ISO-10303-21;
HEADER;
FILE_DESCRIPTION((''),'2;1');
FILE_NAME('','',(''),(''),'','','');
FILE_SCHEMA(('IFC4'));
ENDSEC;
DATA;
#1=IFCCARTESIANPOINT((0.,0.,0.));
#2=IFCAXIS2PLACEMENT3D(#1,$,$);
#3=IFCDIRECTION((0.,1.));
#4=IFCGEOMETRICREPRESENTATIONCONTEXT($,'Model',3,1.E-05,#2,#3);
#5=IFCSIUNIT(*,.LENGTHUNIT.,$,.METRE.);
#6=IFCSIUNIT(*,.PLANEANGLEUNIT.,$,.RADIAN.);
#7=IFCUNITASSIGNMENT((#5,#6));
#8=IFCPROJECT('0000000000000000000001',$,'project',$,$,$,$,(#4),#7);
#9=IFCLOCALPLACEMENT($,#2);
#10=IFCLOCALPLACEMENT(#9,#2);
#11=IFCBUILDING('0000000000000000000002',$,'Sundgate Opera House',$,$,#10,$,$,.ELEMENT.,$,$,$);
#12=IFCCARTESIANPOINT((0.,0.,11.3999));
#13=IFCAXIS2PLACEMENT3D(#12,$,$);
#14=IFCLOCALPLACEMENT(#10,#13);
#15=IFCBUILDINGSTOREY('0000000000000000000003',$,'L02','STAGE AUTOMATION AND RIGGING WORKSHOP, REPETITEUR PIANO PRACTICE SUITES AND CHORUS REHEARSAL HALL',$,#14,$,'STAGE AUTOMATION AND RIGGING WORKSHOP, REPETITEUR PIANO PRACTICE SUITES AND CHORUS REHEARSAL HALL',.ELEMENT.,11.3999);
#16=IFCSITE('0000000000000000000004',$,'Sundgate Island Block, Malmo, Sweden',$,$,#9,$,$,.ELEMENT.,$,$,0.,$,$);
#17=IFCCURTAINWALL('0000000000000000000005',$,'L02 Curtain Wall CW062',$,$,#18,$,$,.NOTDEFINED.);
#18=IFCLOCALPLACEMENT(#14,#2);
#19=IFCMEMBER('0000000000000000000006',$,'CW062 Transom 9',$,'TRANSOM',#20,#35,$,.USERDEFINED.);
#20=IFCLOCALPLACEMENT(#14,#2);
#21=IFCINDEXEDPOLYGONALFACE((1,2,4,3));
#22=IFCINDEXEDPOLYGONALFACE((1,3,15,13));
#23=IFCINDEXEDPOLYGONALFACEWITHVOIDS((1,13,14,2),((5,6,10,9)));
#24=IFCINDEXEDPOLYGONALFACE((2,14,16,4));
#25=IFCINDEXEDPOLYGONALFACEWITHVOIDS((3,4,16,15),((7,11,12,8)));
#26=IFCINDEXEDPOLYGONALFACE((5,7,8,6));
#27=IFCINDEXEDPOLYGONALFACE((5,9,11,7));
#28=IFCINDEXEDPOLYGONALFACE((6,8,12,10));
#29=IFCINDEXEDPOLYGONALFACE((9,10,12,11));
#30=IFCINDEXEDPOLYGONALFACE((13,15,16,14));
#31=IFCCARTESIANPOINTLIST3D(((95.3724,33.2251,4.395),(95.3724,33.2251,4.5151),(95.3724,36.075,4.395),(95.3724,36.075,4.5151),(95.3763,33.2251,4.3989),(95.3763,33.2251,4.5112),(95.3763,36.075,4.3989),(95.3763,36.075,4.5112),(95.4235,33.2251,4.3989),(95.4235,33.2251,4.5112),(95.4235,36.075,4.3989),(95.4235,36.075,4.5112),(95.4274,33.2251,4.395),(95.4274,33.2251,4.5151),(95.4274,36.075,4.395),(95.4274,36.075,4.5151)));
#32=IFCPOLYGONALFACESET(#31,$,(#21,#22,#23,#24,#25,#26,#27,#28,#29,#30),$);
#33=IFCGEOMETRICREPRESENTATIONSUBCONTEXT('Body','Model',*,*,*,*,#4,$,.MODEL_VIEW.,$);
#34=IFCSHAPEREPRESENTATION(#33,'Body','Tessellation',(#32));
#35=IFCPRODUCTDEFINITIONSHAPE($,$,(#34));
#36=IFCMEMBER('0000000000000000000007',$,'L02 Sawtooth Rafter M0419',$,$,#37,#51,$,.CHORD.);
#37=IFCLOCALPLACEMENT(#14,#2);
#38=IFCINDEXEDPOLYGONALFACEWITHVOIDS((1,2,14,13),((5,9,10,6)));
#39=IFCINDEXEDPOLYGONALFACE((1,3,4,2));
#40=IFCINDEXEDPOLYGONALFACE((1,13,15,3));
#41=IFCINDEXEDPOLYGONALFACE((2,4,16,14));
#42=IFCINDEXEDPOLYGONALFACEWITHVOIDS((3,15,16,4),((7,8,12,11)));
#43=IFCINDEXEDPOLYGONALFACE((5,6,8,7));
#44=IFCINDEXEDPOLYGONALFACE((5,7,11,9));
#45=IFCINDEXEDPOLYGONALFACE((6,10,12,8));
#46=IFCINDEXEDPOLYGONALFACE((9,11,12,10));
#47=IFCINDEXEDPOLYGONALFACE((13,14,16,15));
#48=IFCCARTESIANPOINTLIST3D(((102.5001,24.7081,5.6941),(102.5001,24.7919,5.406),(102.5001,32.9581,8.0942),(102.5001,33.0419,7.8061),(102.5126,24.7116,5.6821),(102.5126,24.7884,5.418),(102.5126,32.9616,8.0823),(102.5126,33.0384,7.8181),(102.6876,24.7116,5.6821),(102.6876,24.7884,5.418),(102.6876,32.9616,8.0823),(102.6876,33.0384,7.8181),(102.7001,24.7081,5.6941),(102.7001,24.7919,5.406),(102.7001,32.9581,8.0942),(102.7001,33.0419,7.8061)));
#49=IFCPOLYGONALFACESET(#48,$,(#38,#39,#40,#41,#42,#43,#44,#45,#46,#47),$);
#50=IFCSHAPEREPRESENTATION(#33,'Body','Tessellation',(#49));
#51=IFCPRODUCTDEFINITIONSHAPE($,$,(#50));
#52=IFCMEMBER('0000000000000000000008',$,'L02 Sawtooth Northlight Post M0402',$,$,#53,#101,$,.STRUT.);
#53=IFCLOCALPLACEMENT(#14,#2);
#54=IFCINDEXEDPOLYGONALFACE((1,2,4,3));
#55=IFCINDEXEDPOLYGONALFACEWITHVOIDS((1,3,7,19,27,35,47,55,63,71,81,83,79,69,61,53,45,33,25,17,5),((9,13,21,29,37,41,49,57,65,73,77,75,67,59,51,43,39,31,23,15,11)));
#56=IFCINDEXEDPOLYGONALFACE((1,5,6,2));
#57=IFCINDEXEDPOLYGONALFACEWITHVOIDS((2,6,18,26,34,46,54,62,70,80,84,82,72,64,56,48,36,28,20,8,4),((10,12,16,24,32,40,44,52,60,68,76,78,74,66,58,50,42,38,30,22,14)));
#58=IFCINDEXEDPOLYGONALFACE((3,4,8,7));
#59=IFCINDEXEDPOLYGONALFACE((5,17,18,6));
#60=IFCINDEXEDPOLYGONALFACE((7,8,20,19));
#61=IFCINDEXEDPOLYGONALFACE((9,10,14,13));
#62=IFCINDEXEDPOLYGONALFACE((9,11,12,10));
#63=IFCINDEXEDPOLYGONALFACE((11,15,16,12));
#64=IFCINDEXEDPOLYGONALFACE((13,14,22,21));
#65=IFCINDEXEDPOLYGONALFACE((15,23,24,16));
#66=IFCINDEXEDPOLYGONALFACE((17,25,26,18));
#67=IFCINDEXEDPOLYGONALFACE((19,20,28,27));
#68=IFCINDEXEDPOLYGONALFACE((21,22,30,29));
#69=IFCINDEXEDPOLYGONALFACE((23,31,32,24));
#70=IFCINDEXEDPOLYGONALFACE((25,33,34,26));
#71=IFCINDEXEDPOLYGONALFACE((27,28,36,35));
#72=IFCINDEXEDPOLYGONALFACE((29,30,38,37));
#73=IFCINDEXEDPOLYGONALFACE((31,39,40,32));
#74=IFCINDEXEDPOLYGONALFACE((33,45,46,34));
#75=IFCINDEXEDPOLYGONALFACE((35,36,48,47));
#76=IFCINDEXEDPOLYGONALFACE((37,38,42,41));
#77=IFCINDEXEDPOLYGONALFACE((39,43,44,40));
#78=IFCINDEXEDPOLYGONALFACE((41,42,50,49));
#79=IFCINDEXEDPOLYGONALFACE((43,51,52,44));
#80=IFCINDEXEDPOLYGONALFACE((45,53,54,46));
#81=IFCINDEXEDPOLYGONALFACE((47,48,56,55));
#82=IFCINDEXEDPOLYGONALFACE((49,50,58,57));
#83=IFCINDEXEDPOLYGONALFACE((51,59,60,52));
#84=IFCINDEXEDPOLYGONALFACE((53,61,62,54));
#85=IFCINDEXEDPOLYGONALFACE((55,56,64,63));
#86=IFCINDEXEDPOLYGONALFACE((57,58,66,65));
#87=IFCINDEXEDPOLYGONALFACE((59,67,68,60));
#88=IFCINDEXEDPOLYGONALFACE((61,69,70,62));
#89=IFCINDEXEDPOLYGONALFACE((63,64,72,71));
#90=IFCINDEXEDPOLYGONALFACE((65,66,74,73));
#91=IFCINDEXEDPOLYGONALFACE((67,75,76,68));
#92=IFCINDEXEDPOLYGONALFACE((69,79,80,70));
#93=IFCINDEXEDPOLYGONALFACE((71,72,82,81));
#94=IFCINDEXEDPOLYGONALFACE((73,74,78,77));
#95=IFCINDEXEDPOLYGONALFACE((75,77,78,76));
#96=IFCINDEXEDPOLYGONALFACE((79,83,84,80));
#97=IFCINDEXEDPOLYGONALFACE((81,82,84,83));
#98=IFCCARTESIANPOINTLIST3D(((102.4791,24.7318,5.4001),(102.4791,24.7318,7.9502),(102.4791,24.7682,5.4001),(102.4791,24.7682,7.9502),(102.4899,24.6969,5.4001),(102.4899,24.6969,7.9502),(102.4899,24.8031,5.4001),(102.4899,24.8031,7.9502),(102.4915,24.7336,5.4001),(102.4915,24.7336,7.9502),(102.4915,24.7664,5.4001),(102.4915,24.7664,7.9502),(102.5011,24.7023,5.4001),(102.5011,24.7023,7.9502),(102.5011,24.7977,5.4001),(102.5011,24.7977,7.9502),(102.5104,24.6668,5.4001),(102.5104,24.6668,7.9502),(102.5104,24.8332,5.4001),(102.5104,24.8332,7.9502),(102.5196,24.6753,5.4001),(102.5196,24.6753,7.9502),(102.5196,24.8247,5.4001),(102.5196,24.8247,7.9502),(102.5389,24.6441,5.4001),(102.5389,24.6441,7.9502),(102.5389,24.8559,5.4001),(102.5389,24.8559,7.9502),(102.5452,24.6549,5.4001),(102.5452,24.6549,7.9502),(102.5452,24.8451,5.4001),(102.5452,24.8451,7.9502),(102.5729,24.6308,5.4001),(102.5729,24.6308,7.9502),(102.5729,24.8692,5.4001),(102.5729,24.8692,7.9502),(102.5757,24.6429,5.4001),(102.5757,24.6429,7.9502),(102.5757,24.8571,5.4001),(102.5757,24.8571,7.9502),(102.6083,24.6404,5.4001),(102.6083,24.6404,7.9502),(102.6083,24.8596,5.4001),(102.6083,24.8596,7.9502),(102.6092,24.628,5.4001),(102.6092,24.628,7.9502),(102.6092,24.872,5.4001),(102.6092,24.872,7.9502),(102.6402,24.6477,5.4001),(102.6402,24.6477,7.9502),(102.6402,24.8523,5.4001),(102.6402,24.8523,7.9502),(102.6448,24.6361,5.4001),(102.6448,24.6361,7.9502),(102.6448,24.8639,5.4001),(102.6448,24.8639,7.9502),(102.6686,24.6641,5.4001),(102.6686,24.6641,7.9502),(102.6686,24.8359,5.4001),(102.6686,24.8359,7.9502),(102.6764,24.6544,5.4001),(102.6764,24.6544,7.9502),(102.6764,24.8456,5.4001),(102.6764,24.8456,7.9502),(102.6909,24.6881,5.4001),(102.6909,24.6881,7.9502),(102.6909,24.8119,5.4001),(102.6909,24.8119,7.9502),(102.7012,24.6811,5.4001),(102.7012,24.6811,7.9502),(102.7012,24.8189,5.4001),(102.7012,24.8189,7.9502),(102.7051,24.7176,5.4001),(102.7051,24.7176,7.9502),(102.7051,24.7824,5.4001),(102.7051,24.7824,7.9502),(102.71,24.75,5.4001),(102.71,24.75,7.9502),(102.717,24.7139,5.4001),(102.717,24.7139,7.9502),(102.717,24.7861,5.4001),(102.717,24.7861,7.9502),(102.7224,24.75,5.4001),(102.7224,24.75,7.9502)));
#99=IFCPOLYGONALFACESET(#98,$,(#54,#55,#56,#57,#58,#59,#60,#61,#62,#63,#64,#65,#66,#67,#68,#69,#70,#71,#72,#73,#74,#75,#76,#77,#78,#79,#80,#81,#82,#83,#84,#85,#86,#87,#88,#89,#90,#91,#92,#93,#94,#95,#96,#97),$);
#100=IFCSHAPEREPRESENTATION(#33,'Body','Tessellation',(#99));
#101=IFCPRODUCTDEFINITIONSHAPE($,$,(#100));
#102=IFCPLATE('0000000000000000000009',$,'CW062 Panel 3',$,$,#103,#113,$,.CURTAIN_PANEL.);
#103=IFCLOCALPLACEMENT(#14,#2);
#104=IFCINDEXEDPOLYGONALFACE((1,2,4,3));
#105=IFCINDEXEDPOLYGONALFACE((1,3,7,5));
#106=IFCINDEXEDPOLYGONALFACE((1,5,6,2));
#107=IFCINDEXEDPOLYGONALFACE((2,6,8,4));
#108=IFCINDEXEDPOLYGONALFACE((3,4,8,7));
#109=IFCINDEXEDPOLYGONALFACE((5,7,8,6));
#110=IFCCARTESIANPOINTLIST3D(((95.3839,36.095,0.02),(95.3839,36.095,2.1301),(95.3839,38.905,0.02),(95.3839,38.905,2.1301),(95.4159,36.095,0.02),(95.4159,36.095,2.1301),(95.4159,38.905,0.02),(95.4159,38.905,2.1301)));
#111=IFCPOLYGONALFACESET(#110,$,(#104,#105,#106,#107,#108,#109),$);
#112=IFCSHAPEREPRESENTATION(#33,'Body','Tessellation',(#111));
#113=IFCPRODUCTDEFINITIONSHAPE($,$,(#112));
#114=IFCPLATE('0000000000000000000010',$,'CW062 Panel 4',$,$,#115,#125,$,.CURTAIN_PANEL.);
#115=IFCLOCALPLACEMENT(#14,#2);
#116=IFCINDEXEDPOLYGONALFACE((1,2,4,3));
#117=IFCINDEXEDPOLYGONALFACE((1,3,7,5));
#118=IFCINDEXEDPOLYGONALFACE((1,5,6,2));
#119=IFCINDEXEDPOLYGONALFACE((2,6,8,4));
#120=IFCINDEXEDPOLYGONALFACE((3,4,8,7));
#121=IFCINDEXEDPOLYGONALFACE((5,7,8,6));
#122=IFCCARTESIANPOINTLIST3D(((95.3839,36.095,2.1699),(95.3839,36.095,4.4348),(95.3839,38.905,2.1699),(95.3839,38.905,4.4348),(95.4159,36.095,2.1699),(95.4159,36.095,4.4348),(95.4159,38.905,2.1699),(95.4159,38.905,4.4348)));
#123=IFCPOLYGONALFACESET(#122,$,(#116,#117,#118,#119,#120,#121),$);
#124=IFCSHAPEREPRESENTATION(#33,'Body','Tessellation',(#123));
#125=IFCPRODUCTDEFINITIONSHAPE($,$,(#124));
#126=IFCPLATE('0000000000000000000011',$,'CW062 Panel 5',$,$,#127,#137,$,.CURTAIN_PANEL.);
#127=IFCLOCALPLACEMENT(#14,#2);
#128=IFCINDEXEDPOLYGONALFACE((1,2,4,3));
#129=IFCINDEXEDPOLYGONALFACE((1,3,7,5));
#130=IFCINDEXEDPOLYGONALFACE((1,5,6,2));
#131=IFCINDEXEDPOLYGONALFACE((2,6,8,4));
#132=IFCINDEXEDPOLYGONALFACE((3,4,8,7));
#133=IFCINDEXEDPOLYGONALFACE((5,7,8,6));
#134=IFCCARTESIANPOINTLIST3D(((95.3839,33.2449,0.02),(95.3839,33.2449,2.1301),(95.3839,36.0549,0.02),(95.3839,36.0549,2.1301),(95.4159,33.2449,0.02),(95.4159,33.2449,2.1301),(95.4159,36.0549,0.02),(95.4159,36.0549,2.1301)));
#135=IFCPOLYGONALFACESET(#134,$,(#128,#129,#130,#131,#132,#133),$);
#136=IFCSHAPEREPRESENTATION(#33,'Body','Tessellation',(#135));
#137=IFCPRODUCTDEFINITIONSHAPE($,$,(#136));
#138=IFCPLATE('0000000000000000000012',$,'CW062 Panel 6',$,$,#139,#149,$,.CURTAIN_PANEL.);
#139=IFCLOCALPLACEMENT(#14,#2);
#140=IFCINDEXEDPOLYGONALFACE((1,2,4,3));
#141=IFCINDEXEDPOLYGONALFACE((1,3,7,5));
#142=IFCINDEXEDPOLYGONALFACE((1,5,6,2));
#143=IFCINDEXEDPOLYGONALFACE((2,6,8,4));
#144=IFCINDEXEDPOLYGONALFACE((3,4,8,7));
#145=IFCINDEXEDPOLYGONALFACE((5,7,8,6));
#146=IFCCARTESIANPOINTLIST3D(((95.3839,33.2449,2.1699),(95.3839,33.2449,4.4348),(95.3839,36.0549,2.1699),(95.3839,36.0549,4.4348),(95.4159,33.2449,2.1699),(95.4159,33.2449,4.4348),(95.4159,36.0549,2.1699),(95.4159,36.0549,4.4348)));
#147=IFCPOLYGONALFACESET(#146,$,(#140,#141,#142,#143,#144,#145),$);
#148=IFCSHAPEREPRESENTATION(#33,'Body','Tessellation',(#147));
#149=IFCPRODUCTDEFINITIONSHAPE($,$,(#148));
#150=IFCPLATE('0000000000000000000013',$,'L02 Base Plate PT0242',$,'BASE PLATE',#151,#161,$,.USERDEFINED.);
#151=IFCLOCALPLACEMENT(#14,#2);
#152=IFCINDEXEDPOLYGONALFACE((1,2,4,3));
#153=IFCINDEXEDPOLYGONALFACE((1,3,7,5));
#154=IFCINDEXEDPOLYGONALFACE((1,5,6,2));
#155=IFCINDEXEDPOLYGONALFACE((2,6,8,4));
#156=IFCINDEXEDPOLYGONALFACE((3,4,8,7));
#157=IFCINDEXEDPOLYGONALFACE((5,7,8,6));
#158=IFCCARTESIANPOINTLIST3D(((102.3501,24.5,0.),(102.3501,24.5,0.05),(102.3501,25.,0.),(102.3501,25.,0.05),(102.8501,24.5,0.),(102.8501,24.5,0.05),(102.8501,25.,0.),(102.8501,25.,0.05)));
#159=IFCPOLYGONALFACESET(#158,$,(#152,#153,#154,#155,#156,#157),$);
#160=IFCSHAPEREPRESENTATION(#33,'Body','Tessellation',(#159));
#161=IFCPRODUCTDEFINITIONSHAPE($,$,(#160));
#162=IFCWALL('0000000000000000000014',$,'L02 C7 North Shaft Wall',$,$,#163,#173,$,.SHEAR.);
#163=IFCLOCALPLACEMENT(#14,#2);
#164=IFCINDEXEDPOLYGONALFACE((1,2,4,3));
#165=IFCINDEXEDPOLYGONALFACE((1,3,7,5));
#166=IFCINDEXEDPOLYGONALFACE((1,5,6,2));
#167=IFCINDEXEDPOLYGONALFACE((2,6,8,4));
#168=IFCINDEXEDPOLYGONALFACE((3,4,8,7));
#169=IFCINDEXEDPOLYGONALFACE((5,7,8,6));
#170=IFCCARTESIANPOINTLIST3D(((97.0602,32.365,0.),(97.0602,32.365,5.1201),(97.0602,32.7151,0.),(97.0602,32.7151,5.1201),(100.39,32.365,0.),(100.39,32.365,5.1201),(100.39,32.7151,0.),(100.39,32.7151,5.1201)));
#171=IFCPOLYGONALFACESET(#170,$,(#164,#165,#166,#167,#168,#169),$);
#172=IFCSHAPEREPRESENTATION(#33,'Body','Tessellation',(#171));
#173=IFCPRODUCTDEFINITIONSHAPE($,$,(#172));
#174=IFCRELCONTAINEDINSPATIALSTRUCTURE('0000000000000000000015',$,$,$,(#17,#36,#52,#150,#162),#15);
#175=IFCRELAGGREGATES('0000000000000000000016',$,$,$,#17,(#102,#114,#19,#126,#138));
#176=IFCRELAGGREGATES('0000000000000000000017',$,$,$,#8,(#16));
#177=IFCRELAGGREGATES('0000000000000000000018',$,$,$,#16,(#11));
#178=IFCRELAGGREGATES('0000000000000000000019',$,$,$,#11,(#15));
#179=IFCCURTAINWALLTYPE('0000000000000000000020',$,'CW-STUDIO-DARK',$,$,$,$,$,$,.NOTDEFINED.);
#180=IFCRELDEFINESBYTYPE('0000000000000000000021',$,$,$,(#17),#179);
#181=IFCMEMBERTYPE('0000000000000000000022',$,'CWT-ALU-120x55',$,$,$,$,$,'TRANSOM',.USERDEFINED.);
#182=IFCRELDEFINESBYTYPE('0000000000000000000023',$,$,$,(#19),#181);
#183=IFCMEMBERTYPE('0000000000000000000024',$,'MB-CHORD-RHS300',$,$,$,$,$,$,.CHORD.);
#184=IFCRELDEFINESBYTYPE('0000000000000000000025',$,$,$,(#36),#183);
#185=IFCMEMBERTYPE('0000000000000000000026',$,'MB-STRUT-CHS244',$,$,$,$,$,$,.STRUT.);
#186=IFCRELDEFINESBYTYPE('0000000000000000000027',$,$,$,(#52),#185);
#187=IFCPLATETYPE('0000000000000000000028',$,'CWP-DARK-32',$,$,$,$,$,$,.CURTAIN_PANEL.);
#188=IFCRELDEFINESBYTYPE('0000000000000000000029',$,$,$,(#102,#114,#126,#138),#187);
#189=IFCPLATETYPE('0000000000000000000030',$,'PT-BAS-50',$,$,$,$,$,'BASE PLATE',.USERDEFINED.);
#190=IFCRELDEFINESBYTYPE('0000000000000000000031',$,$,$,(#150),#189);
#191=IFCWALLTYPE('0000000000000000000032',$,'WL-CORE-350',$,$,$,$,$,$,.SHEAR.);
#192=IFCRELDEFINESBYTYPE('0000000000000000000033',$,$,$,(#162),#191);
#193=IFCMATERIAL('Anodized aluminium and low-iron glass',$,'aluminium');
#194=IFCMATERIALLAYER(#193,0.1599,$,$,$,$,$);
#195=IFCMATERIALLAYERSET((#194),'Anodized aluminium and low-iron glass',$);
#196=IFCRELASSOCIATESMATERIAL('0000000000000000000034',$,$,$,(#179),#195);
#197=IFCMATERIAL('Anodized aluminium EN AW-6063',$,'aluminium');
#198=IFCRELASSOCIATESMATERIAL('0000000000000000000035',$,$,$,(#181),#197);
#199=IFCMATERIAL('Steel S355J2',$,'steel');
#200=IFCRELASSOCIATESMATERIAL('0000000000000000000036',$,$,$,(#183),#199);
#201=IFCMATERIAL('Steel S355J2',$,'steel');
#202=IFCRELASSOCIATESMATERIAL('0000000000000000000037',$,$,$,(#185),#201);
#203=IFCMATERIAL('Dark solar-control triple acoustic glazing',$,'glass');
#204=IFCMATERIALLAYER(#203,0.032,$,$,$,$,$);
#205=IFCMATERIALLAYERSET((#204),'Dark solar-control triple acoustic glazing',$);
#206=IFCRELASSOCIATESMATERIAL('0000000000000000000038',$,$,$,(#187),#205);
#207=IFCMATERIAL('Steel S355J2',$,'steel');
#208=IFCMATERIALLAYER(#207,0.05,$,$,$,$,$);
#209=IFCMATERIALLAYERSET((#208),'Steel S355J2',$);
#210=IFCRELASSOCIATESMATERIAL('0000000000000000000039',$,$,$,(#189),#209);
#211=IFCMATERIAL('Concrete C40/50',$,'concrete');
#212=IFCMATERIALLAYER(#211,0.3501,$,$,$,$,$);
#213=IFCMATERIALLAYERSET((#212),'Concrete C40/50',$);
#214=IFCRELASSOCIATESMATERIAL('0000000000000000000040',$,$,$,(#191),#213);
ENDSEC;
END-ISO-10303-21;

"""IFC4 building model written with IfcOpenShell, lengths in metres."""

from ifc_helpers import new_model, si_unit, direction, frame, frame_2d, origin, origin_2d, place, context, subcontext, project, spatial, rectangle, hollow_rectangle, hollow_circle, extrude, material, layer, layer_set, material_profile, profile_set, type_object, element, aggregate, save


model = new_model("IFC4")

# Units and contexts
model_context = context("Model", 3, precision=1e-05, world=origin(), true_north=direction((0.0, 1.0)))
body_context = subcontext(model_context, "Body", "Model", "MODEL_VIEW")
ifc_project = project(units=[si_unit("LENGTHUNIT", "METRE"), si_unit("PLANEANGLEUNIT", "RADIAN")], contexts=[model_context])

# Site, building, storey
site_placement = place(None, origin())
site = spatial("IfcSite", under=ifc_project, at=site_placement, Name="Sundgate Island Block, Malmo, Sweden", CompositionType="ELEMENT", RefElevation=0.0)
building_placement = place(site_placement, origin())
building = spatial("IfcBuilding", under=site, at=building_placement, Name="Sundgate Opera House", CompositionType="ELEMENT")
storey_placement = place(building_placement, frame((0.0, 0.0, 11.3999)))
storey = spatial("IfcBuildingStorey", under=building, at=storey_placement, Name="L02", Description="STAGE AUTOMATION AND RIGGING WORKSHOP, REPETITEUR PIANO PRACTICE SUITES AND CHORUS REHEARSAL HALL", LongName="STAGE AUTOMATION AND RIGGING WORKSHOP, REPETITEUR PIANO PRACTICE SUITES AND CHORUS REHEARSAL HALL", CompositionType="ELEMENT", Elevation=11.3999)

# Curtain wall, member
ifc_material_1 = material(Name="Anodized aluminium and low-iron glass", Category="aluminium")
ifc_layer_1 = layer(ifc_material_1, 0.1599)
ifc_layer_set_1 = layer_set([ifc_layer_1], Name="Anodized aluminium and low-iron glass")
curtain_wall_type = type_object("IfcCurtainWallType", Name="CW-STUDIO-DARK", PredefinedType="NOTDEFINED", material=ifc_layer_set_1)
curtain_wall_placement = place(storey_placement, origin())
curtain_wall = element("IfcCurtainWall", 1, at=curtain_wall_placement, inside=storey, type_object=curtain_wall_type, Name="L02 Curtain Wall CW062", PredefinedType="NOTDEFINED")
ifc_material_2 = material(Name="Anodized aluminium EN AW-6063", Category="aluminium")
ifc_material_profile_1 = material_profile(ifc_material_2, hollow_rectangle(XDim=0.0549, YDim=0.1201, WallThickness=0.0039, at=origin_2d()), Name="CWT 120x55x4")
ifc_profile_set_1 = profile_set([ifc_material_profile_1], Name="Anodized aluminium EN AW-6063")
member_type_1 = type_object("IfcMemberType", Name="CWT-ALU-120x55", ElementType="TRANSOM", PredefinedType="USERDEFINED", material=ifc_profile_set_1)
member_1_placement = place(storey_placement, frame((95.3999, 36.075, 4.4551), z_axis=(0.0, -1.0, 0.0), x_axis=(1.0, 0.0, 0.0)))
member_1 = element("IfcMember", 2, at=member_1_placement, type_object=member_type_1, Name="CW062 Transom 9", ObjectType="TRANSOM", PredefinedType="USERDEFINED", context=body_context, shape_type="SweptSolid", body=[
    extrude(hollow_rectangle(XDim=0.0549, YDim=0.1201, WallThickness=0.0039, at=origin_2d()), origin(), (0.0, 0.0, 1.0), 2.8499),
])

# Members
ifc_material_3 = material(Name="Steel S355J2", Category="steel")
ifc_material_profile_2 = material_profile(ifc_material_3, hollow_rectangle(XDim=0.2, YDim=0.3, WallThickness=0.0125, at=origin_2d()), Name="RHS 300x200x12.5")
ifc_profile_set_2 = profile_set([ifc_material_profile_2], Name="Steel S355J2")
member_type_2 = type_object("IfcMemberType", Name="MB-CHORD-RHS300", PredefinedType="CHORD", material=ifc_profile_set_2)
member_2_placement = place(storey_placement, frame((102.6001, 24.75, 5.55), z_axis=(0.0, 0.960191, 0.279345), x_axis=(-1.0, 0.0, 0.0)))
element("IfcMember", 3, at=member_2_placement, inside=storey, type_object=member_type_2, Name="L02 Sawtooth Rafter M0419", PredefinedType="CHORD", context=body_context, shape_type="SweptSolid", body=[
    extrude(hollow_rectangle(XDim=0.2, YDim=0.3, WallThickness=0.0125, at=origin_2d()), origin(), (0.0, 0.0, 1.0), 8.592),
])
ifc_material_4 = material(Name="Steel S355J2", Category="steel")
ifc_material_profile_3 = material_profile(ifc_material_4, hollow_circle(Radius=0.1223, WallThickness=0.0125, at=origin_2d()), Name="CHS 244.5x12.5")
ifc_profile_set_3 = profile_set([ifc_material_profile_3], Name="Steel S355J2")
member_type_3 = type_object("IfcMemberType", Name="MB-STRUT-CHS244", PredefinedType="STRUT", material=ifc_profile_set_3)
member_3_placement = place(storey_placement, frame((102.6001, 24.75, 5.4001), z_axis=(0.0, 0.0, 1.0), x_axis=(1.0, 0.0, 0.0)))
element("IfcMember", 4, at=member_3_placement, inside=storey, type_object=member_type_3, Name="L02 Sawtooth Northlight Post M0402", PredefinedType="STRUT", context=body_context, shape_type="SweptSolid", body=[
    extrude(hollow_circle(Radius=0.1223, WallThickness=0.0125, at=origin_2d()), origin(), (0.0, 0.0, 1.0), 2.55),
])

# Plates
ifc_material_5 = material(Name="Dark solar-control triple acoustic glazing", Category="glass")
ifc_layer_2 = layer(ifc_material_5, 0.032)
ifc_layer_set_2 = layer_set([ifc_layer_2], Name="Dark solar-control triple acoustic glazing")
plate_type_1 = type_object("IfcPlateType", Name="CWP-DARK-32", PredefinedType="CURTAIN_PANEL", material=ifc_layer_set_2)
plate_1_placement = place(storey_placement, frame((95.3999, 37.5, 0.02), z_axis=(0.0, 0.0, 1.0), x_axis=(0.0, -1.0, 0.0)))
plate_1 = element("IfcPlate", 5, at=plate_1_placement, type_object=plate_type_1, Name="CW062 Panel 3", PredefinedType="CURTAIN_PANEL", context=body_context, shape_type="SweptSolid", body=[
    extrude(rectangle(XDim=2.8101, YDim=0.032, at=origin_2d()), origin(), (0.0, 0.0, 1.0), 2.1101),
])
plate_2_placement = place(storey_placement, frame((95.3999, 37.5, 2.1699), z_axis=(0.0, 0.0, 1.0), x_axis=(0.0, -1.0, 0.0)))
plate_2 = element("IfcPlate", 6, at=plate_2_placement, type_object=plate_type_1, Name="CW062 Panel 4", PredefinedType="CURTAIN_PANEL", context=body_context, shape_type="SweptSolid", body=[
    extrude(rectangle(XDim=2.8101, YDim=0.032, at=origin_2d()), origin(), (0.0, 0.0, 1.0), 2.2649),
])
plate_3_placement = place(storey_placement, frame((95.3999, 34.6499, 0.02), z_axis=(0.0, 0.0, 1.0), x_axis=(0.0, -1.0, 0.0)))
plate_3 = element("IfcPlate", 7, at=plate_3_placement, type_object=plate_type_1, Name="CW062 Panel 5", PredefinedType="CURTAIN_PANEL", context=body_context, shape_type="SweptSolid", body=[
    extrude(rectangle(XDim=2.8101, YDim=0.032, at=origin_2d()), origin(), (0.0, 0.0, 1.0), 2.1101),
])
plate_4_placement = place(storey_placement, frame((95.3999, 34.6499, 2.1699), z_axis=(0.0, 0.0, 1.0), x_axis=(0.0, -1.0, 0.0)))
plate_4 = element("IfcPlate", 8, at=plate_4_placement, type_object=plate_type_1, Name="CW062 Panel 6", PredefinedType="CURTAIN_PANEL", context=body_context, shape_type="SweptSolid", body=[
    extrude(rectangle(XDim=2.8101, YDim=0.032, at=origin_2d()), origin(), (0.0, 0.0, 1.0), 2.2649),
])
aggregate(curtain_wall, [plate_1, plate_2, member_1, plate_3, plate_4])
ifc_material_6 = material(Name="Steel S355J2", Category="steel")
ifc_layer_3 = layer(ifc_material_6, 0.05)
ifc_layer_set_3 = layer_set([ifc_layer_3], Name="Steel S355J2")
plate_type_2 = type_object("IfcPlateType", Name="PT-BAS-50", ElementType="BASE PLATE", PredefinedType="USERDEFINED", material=ifc_layer_set_3)
plate_5_placement = place(storey_placement, frame((102.6001, 24.75, 0.0), z_axis=(0.0, 0.0, 1.0), x_axis=(1.0, 0.0, 0.0)))
element("IfcPlate", 9, at=plate_5_placement, inside=storey, type_object=plate_type_2, Name="L02 Base Plate PT0242", ObjectType="BASE PLATE", PredefinedType="USERDEFINED", context=body_context, shape_type="SweptSolid", body=[
    extrude(rectangle(XDim=0.5, YDim=0.5, at=origin_2d()), origin(), (0.0, 0.0, 1.0), 0.05),
])

# Wall
ifc_material_7 = material(Name="Concrete C40/50", Category="concrete")
ifc_layer_4 = layer(ifc_material_7, 0.3501)
ifc_layer_set_4 = layer_set([ifc_layer_4], Name="Concrete C40/50")
wall_type = type_object("IfcWallType", Name="WL-CORE-350", PredefinedType="SHEAR", material=ifc_layer_set_4)
wall_placement = place(storey_placement, frame((97.0601, 32.54, 0.0), z_axis=(0.0, 0.0, 1.0), x_axis=(1.0, 0.0, 0.0)))
element("IfcWall", 10, at=wall_placement, inside=storey, type_object=wall_type, Name="L02 C7 North Shaft Wall", PredefinedType="SHEAR", context=body_context, shape_type="SweptSolid", body=[
    extrude(rectangle(XDim=3.3298, YDim=0.3501, at=frame_2d((1.665, 0.0))), origin(), (0.0, 0.0, 1.0), 5.1201),
])

save(model, "model.ifc")
